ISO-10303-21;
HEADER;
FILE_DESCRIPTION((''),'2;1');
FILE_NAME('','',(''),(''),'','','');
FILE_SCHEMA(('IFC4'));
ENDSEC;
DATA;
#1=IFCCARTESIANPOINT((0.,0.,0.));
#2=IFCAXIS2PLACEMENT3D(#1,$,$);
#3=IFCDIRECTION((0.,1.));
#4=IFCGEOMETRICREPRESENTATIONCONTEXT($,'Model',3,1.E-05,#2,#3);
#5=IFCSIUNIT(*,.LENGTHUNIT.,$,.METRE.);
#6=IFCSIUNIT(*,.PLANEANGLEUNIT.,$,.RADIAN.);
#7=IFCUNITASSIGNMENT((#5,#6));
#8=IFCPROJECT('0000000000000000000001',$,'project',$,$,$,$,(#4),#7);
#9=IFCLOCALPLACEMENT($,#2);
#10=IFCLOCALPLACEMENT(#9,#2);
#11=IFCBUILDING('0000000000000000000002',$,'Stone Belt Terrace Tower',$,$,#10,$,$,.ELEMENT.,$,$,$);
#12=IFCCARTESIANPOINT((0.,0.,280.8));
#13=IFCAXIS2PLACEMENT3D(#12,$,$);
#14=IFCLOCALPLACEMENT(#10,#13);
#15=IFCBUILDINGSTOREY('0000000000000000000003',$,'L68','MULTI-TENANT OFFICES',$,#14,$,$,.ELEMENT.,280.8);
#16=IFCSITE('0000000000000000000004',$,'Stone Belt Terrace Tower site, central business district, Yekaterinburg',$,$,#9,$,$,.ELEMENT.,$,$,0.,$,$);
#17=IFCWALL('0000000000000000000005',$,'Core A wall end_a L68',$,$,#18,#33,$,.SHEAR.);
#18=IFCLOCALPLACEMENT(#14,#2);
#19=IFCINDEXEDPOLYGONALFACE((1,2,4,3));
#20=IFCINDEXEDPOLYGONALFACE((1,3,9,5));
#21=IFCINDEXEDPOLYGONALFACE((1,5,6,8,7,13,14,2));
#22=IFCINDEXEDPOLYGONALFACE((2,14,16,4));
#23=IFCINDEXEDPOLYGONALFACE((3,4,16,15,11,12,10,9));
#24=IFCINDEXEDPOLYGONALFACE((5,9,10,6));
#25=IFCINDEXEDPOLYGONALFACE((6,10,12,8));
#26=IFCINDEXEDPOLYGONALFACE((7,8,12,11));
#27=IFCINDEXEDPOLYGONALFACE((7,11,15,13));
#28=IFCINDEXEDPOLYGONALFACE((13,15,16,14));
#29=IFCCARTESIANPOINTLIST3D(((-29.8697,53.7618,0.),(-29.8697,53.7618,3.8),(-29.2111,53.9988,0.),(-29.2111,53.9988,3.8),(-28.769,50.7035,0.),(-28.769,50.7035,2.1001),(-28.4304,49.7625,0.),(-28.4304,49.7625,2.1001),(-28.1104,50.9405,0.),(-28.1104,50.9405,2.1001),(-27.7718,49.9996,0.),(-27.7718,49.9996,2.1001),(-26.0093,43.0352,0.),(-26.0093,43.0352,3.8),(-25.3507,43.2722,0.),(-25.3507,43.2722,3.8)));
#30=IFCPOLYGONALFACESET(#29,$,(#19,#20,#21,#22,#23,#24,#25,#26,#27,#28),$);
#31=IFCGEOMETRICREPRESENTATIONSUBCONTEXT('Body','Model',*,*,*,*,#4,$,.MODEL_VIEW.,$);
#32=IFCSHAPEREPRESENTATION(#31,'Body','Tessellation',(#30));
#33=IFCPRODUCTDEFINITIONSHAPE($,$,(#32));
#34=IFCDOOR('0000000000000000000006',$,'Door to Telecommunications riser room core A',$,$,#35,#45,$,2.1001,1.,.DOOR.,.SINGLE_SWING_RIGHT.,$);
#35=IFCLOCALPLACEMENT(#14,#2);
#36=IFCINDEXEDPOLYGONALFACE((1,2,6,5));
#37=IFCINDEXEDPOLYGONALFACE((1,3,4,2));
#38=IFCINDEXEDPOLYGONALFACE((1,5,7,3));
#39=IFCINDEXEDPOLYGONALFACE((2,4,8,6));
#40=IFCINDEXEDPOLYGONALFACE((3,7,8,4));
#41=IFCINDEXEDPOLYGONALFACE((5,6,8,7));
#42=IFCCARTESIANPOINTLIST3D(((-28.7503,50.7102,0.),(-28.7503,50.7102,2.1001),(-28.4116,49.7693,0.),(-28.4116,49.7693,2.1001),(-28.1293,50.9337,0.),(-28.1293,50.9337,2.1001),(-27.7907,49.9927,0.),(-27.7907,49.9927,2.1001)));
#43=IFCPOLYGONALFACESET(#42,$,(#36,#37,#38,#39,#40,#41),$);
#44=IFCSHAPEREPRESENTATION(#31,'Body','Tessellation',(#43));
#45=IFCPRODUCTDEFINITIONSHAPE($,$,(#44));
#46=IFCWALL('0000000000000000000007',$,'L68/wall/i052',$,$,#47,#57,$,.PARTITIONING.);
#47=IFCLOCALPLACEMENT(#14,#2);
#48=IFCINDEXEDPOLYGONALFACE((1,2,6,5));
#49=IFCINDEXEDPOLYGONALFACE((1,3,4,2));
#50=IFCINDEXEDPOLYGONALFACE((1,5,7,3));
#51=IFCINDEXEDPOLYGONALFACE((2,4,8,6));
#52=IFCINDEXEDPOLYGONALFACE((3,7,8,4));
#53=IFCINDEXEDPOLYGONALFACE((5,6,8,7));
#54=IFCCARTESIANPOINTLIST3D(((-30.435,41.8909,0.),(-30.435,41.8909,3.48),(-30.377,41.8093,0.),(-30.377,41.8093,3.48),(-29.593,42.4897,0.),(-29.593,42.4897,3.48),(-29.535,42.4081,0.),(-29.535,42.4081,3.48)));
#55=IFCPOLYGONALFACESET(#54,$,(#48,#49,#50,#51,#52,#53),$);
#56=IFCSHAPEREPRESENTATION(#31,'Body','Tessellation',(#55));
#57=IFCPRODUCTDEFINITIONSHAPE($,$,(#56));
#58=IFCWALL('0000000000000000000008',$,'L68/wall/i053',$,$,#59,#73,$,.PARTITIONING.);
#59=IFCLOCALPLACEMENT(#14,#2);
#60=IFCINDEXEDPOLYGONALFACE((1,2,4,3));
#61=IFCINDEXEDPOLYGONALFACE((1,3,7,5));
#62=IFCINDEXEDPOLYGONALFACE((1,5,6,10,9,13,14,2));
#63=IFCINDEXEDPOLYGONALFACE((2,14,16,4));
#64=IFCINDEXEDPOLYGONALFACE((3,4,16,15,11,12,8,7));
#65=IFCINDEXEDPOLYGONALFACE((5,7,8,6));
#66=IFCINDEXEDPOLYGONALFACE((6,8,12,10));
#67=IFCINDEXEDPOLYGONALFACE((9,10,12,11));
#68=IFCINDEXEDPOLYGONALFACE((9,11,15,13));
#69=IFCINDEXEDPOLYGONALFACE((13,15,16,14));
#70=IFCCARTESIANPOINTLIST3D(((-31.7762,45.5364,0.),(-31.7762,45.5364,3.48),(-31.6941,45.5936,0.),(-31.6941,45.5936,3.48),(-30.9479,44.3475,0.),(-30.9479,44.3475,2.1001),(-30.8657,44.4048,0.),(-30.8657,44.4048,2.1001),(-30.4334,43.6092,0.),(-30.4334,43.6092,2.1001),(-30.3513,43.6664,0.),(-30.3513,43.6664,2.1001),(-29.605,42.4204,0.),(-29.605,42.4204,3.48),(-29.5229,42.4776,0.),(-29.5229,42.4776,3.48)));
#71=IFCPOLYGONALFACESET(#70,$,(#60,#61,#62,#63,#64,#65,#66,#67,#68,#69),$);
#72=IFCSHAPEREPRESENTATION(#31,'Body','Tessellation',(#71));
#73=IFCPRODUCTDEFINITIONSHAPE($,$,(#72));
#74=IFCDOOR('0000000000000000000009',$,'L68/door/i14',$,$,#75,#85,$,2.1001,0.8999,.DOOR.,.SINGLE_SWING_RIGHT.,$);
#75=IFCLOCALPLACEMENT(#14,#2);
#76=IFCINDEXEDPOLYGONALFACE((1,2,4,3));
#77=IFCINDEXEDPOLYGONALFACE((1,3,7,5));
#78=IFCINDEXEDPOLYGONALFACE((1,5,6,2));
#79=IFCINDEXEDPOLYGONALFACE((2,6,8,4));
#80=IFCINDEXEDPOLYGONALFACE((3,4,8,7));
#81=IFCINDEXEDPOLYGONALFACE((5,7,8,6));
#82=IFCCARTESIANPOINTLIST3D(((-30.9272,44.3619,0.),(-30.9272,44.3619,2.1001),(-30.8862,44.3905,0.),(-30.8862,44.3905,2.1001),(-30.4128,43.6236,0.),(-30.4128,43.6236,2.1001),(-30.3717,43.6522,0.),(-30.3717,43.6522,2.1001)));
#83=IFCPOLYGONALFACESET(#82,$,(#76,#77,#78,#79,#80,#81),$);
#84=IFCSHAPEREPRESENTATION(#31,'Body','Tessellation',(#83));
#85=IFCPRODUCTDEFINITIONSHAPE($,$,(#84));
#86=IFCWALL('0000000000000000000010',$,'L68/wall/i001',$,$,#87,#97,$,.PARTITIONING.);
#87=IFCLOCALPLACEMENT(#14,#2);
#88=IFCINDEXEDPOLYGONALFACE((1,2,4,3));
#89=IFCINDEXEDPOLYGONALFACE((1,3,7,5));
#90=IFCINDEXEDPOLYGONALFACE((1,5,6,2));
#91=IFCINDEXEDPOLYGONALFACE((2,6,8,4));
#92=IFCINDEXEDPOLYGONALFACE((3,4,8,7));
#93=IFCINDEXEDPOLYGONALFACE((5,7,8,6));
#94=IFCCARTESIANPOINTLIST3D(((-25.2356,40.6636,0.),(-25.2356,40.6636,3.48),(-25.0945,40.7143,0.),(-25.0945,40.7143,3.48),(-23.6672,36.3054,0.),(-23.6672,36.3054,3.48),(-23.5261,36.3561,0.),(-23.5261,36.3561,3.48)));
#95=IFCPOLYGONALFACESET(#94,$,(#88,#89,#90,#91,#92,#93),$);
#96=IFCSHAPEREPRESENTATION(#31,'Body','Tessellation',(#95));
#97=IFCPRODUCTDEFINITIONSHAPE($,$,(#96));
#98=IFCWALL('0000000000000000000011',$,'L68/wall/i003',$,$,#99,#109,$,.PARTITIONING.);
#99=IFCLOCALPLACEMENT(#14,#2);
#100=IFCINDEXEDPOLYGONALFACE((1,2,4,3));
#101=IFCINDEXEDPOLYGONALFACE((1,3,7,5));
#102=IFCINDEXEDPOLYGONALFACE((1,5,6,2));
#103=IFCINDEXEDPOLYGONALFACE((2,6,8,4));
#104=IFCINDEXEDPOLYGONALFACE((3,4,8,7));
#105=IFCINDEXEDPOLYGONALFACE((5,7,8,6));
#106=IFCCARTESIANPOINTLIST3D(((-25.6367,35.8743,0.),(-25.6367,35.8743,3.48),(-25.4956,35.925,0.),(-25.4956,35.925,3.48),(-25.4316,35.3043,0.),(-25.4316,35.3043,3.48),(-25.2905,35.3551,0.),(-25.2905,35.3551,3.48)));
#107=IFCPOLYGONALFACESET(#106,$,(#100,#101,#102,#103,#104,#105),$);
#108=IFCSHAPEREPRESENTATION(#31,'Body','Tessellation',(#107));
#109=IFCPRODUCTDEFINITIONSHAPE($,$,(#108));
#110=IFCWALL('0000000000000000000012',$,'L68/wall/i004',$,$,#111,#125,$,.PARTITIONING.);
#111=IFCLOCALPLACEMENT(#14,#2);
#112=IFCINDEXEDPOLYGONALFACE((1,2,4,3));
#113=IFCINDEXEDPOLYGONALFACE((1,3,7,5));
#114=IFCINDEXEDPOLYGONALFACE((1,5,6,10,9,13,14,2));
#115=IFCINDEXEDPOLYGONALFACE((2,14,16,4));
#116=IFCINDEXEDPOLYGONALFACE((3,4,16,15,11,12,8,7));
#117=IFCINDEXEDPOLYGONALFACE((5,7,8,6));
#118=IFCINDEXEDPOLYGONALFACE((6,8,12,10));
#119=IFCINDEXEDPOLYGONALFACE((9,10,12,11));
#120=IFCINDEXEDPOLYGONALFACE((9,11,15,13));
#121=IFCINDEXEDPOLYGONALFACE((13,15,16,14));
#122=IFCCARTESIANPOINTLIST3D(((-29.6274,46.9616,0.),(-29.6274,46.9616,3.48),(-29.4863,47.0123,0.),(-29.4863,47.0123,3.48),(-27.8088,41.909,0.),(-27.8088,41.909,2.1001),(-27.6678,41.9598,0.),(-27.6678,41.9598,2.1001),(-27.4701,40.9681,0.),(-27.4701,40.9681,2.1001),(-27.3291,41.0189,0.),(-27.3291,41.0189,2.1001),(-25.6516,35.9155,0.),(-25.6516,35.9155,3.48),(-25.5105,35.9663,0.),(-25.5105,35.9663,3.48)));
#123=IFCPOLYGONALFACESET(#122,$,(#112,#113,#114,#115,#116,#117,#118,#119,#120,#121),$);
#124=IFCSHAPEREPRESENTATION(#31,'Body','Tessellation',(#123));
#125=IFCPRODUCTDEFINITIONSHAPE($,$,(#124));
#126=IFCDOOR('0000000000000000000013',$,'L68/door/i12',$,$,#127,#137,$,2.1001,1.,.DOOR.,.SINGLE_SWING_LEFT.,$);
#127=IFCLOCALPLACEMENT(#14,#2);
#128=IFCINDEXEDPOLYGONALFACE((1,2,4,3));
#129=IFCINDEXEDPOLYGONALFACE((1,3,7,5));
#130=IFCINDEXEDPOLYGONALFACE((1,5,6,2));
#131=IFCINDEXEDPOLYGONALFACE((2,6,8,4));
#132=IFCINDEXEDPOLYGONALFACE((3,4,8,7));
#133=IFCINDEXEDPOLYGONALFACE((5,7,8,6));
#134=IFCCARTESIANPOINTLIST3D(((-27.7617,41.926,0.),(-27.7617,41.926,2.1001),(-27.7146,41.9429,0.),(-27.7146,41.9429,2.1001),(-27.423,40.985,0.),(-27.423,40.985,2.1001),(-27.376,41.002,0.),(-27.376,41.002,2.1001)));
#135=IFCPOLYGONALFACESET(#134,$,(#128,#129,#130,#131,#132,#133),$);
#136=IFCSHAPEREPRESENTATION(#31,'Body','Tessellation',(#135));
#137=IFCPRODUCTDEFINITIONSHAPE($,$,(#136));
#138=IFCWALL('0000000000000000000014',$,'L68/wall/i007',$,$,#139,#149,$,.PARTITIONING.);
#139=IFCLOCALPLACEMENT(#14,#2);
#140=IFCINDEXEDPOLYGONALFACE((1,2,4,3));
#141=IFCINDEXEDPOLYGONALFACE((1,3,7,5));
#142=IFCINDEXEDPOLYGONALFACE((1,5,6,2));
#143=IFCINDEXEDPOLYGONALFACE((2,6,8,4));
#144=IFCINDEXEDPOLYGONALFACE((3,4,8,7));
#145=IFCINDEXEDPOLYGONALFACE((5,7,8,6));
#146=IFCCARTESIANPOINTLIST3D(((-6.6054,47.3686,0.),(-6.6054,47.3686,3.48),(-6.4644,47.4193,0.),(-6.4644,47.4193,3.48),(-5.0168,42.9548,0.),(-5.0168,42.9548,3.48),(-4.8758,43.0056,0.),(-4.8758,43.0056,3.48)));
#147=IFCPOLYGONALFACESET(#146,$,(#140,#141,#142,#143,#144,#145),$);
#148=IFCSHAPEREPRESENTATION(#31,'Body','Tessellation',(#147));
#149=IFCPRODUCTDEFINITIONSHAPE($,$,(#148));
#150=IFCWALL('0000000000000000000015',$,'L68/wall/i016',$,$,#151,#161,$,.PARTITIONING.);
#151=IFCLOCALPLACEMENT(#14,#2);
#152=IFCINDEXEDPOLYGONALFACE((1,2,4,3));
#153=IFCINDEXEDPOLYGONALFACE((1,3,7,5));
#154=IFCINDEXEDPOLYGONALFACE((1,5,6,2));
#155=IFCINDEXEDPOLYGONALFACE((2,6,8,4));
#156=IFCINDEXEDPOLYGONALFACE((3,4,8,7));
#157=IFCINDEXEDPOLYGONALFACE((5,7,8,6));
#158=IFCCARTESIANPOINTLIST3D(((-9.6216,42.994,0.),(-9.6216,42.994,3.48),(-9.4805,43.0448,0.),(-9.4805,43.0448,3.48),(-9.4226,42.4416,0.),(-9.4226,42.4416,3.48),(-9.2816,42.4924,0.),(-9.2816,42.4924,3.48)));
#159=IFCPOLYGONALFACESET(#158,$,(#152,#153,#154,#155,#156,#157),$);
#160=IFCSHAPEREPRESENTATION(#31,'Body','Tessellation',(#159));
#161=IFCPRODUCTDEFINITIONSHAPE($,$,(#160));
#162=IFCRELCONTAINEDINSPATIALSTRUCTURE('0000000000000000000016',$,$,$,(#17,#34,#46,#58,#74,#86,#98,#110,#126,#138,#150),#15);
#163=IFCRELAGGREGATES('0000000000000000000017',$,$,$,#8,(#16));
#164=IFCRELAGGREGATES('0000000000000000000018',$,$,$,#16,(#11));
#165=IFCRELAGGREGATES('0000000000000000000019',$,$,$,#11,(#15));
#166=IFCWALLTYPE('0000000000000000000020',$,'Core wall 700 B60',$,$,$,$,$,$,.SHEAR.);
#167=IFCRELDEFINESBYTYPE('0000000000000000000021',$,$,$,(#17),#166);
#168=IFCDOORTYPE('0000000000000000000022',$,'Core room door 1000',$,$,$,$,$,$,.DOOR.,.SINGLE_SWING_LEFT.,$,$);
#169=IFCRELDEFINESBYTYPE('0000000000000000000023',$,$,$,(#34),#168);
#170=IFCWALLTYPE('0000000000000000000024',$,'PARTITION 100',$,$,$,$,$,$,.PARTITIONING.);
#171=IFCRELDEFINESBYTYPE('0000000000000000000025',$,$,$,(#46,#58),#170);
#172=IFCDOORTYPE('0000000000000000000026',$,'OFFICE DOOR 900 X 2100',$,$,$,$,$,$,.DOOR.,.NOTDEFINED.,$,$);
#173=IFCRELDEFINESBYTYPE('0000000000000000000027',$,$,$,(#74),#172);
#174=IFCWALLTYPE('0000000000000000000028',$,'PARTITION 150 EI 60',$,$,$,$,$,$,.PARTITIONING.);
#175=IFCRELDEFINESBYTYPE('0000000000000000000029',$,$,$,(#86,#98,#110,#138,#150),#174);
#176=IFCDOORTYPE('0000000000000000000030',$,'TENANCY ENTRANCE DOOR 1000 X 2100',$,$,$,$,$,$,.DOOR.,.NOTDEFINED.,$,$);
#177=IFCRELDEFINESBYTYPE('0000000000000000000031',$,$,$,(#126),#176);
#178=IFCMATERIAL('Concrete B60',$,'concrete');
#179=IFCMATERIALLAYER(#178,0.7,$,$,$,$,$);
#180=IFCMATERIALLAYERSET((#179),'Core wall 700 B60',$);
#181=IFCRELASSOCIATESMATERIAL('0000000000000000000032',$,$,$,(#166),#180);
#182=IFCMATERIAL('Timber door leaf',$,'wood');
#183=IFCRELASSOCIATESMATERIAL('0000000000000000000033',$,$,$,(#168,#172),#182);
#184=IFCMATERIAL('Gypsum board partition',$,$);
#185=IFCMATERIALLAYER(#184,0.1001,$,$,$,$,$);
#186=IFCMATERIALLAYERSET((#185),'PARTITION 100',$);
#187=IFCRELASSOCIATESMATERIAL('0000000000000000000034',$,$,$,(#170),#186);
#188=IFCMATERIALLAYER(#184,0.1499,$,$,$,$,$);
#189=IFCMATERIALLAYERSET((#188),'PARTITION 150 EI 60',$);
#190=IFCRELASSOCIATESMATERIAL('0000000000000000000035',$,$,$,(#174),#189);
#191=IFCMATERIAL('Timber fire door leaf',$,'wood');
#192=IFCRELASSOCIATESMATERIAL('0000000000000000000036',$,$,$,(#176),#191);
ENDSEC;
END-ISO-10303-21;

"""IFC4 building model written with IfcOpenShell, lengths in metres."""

from ifc_helpers import new_model, si_unit, direction, frame, frame_2d, origin, place, context, subcontext, project, spatial, rectangle, extrude, material, layer, layer_set, type_object, element, fill, save


model = new_model("IFC4")

# Units and contexts
model_context = context("Model", 3, precision=1e-05, world=origin(), true_north=direction((0.0, 1.0)))
body_context = subcontext(model_context, "Body", "Model", "MODEL_VIEW")
ifc_project = project(units=[si_unit("LENGTHUNIT", "METRE"), si_unit("PLANEANGLEUNIT", "RADIAN")], contexts=[model_context])

# Site, building, storey
site_placement = place(None, origin())
site = spatial("IfcSite", under=ifc_project, at=site_placement, Name="Stone Belt Terrace Tower site, central business district, Yekaterinburg", CompositionType="ELEMENT", RefElevation=0.0)
building_placement = place(site_placement, origin())
building = spatial("IfcBuilding", under=site, at=building_placement, Name="Stone Belt Terrace Tower", CompositionType="ELEMENT")
storey_placement = place(building_placement, frame((0.0, 0.0, 280.8)))
storey = spatial("IfcBuildingStorey", under=building, at=storey_placement, Name="L68", Description="MULTI-TENANT OFFICES", CompositionType="ELEMENT", Elevation=280.8)

# Shared definitions
ifc_material_1 = material(Name="Concrete B60", Category="concrete")

# Shared definitions
ifc_layer_1 = layer(ifc_material_1, 0.7)
ifc_layer_set_1 = layer_set([ifc_layer_1], Name="Core wall 700 B60")
wall_type_1 = type_object("IfcWallType", Name="Core wall 700 B60", PredefinedType="SHEAR", material=ifc_layer_set_1)
ifc_material_2 = material(Name="Timber door leaf", Category="wood")

# Wall, opening, door
wall_1_placement = place(storey_placement, frame((-25.6799, 43.1536, 0.0), z_axis=(0.0, 0.0, 1.0), x_axis=(-0.338625, 0.940921, 0.0)))
wall_1 = element("IfcWall", 1, at=wall_1_placement, inside=storey, type_object=wall_type_1, Name="Core A wall end_a L68", PredefinedType="SHEAR", context=body_context, shape_type="SweptSolid", body=[
    extrude(rectangle(XDim=11.4001, YDim=0.7, at=frame_2d((5.7002, 0.0))), origin(), (0.0, 0.0, 1.0), 3.8),
])
opening_1_placement = place(wall_1_placement, frame((7.1499, 0.0, 0.0)))
opening_1 = element("IfcOpeningElement", 2, at=opening_1_placement, cuts=wall_1, PredefinedType="OPENING", context=body_context, shape_type="SweptSolid", body=[
    extrude(rectangle(XDim=1.0, YDim=2.1001, at=frame_2d((0.5, 1.05))), frame((0.0, 0.3599, 0.0), z_axis=(0.0, -1.0, 0.0), x_axis=(1.0, 0.0, 0.0)), (0.0, 0.0, 1.0), 0.72),
])
door_type_1 = type_object("IfcDoorType", Name="Core room door 1000", OperationType="SINGLE_SWING_LEFT", PredefinedType="DOOR", material=ifc_material_2)
door_1_placement = place(opening_1_placement, origin())
door_1 = element("IfcDoor", 3, at=door_1_placement, inside=storey, type_object=door_type_1, Name="Door to Telecommunications riser room core A", OperationType="SINGLE_SWING_RIGHT", OverallHeight=2.1001, OverallWidth=1.0, PredefinedType="DOOR", context=body_context, shape_type="SweptSolid", body=[
    extrude(rectangle(XDim=1.0, YDim=2.1001, at=frame_2d((0.5, 1.05))), frame((0.0, 0.3301, 0.0), z_axis=(0.0, -1.0, 0.0), x_axis=(1.0, 0.0, 0.0)), (0.0, 0.0, 1.0), 0.6599),
])
fill(opening_1, door_1)

# Wall
ifc_material_3 = material(Name="Gypsum board partition")
ifc_layer_2 = layer(ifc_material_3, 0.1001)
ifc_layer_set_2 = layer_set([ifc_layer_2], Name="PARTITION 100")
wall_type_2 = type_object("IfcWallType", Name="PARTITION 100", PredefinedType="PARTITIONING", material=ifc_layer_set_2)
wall_2_placement = place(storey_placement, frame((-30.406, 41.8501, 0.0), z_axis=(0.0, 0.0, 1.0), x_axis=(0.814913, 0.579583, 0.0)))
element("IfcWall", 4, at=wall_2_placement, inside=storey, type_object=wall_type_2, Name="L68/wall/i052", PredefinedType="PARTITIONING", context=body_context, shape_type="SweptSolid", body=[
    extrude(rectangle(XDim=1.0332, YDim=0.1001, at=frame_2d((0.5166, 0.0))), origin(), (0.0, 0.0, 1.0), 3.48),
])

# Wall, opening, door
wall_3_placement = place(storey_placement, frame((-29.564, 42.449, 0.0), z_axis=(0.0, 0.0, 1.0), x_axis=(-0.571688, 0.820471, 0.0)))
wall_3 = element("IfcWall", 5, at=wall_3_placement, inside=storey, type_object=wall_type_2, Name="L68/wall/i053", PredefinedType="PARTITIONING", context=body_context, shape_type="SweptSolid", body=[
    extrude(rectangle(XDim=3.7979, YDim=0.1001, at=frame_2d((1.8989, 0.0))), origin(), (0.0, 0.0, 1.0), 3.48),
])
opening_2_placement = place(wall_3_placement, frame((1.449, 0.0, 0.0)))
opening_2 = element("IfcOpeningElement", 6, at=opening_2_placement, cuts=wall_3, PredefinedType="OPENING", context=body_context, shape_type="SweptSolid", body=[
    extrude(rectangle(XDim=0.8999, YDim=2.1001, at=frame_2d((0.45, 1.05))), frame((0.0, 0.0601, 0.0), z_axis=(0.0, -1.0, 0.0), x_axis=(1.0, 0.0, 0.0)), (0.0, 0.0, 1.0), 0.1201),
])
door_type_2 = type_object("IfcDoorType", Name="OFFICE DOOR 900 X 2100", OperationType="NOTDEFINED", PredefinedType="DOOR", material=ifc_material_2)
door_2_placement = place(opening_2_placement, origin())
door_2 = element("IfcDoor", 7, at=door_2_placement, inside=storey, type_object=door_type_2, Name="L68/door/i14", OperationType="SINGLE_SWING_RIGHT", OverallHeight=2.1001, OverallWidth=0.8999, PredefinedType="DOOR", context=body_context, shape_type="SweptSolid", body=[
    extrude(rectangle(XDim=0.8999, YDim=2.1001, at=frame_2d((0.45, 1.05))), frame((0.0, 0.0249, 0.0), z_axis=(0.0, -1.0, 0.0), x_axis=(1.0, 0.0, 0.0)), (0.0, 0.0, 1.0), 0.05),
])
fill(opening_2, door_2)

# Walls
ifc_layer_3 = layer(ifc_material_3, 0.1499)
ifc_layer_set_3 = layer_set([ifc_layer_3], Name="PARTITION 150 EI 60")
wall_type_3 = type_object("IfcWallType", Name="PARTITION 150 EI 60", PredefinedType="PARTITIONING", material=ifc_layer_set_3)
wall_4_placement = place(storey_placement, frame((-25.165, 40.689, 0.0), z_axis=(0.0, 0.0, 1.0), x_axis=(0.338609, -0.940927, 0.0)))
element("IfcWall", 8, at=wall_4_placement, inside=storey, type_object=wall_type_3, Name="L68/wall/i001", PredefinedType="PARTITIONING", context=body_context, shape_type="SweptSolid", body=[
    extrude(rectangle(XDim=4.6318, YDim=0.1499, at=frame_2d((2.3159, 0.0))), origin(), (0.0, 0.0, 1.0), 3.48),
])
wall_5_placement = place(storey_placement, frame((-25.3611, 35.3298, 0.0), z_axis=(0.0, 0.0, 1.0), x_axis=(-0.338634, 0.940918, 0.0)))
element("IfcWall", 9, at=wall_5_placement, inside=storey, type_object=wall_type_3, Name="L68/wall/i003", PredefinedType="PARTITIONING", context=body_context, shape_type="SweptSolid", body=[
    extrude(rectangle(XDim=0.6057, YDim=0.1499, at=frame_2d((0.3027, 0.0))), origin(), (0.0, 0.0, 1.0), 3.48),
])

# Wall, opening, door
wall_6_placement = place(storey_placement, frame((-25.5811, 35.9409, 0.0), z_axis=(0.0, 0.0, 1.0), x_axis=(-0.338661, 0.940909, 0.0)))
wall_6 = element("IfcWall", 10, at=wall_6_placement, inside=storey, type_object=wall_type_3, Name="L68/wall/i004", PredefinedType="PARTITIONING", context=body_context, shape_type="SweptSolid", body=[
    extrude(rectangle(XDim=11.7397, YDim=0.1499, at=frame_2d((5.8699, 0.0))), origin(), (0.0, 0.0, 1.0), 3.48),
])
opening_3_placement = place(wall_6_placement, frame((5.3699, 0.0, 0.0)))
opening_3 = element("IfcOpeningElement", 11, at=opening_3_placement, cuts=wall_6, PredefinedType="OPENING", context=body_context, shape_type="SweptSolid", body=[
    extrude(rectangle(XDim=1.0, YDim=2.1001, at=frame_2d((0.5, 1.05))), frame((0.0, 0.085, 0.0), z_axis=(0.0, -1.0, 0.0), x_axis=(1.0, 0.0, 0.0)), (0.0, 0.0, 1.0), 0.1699),
])
ifc_material_4 = material(Name="Timber fire door leaf", Category="wood")
door_type_3 = type_object("IfcDoorType", Name="TENANCY ENTRANCE DOOR 1000 X 2100", OperationType="NOTDEFINED", PredefinedType="DOOR", material=ifc_material_4)
door_3_placement = place(opening_3_placement, origin())
door_3 = element("IfcDoor", 12, at=door_3_placement, inside=storey, type_object=door_type_3, Name="L68/door/i12", OperationType="SINGLE_SWING_LEFT", OverallHeight=2.1001, OverallWidth=1.0, PredefinedType="DOOR", context=body_context, shape_type="SweptSolid", body=[
    extrude(rectangle(XDim=1.0, YDim=2.1001, at=frame_2d((0.5, 1.05))), frame((0.0, 0.0249, 0.0), z_axis=(0.0, -1.0, 0.0), x_axis=(1.0, 0.0, 0.0)), (0.0, 0.0, 1.0), 0.05),
])
fill(opening_3, door_3)

# Walls
wall_7_placement = place(storey_placement, frame((-4.9463, 42.9802, 0.0), z_axis=(0.0, 0.0, 1.0), x_axis=(-0.338653, 0.940911, 0.0)))
element("IfcWall", 13, at=wall_7_placement, inside=storey, type_object=wall_type_3, Name="L68/wall/i007", PredefinedType="PARTITIONING", context=body_context, shape_type="SweptSolid", body=[
    extrude(rectangle(XDim=4.6909, YDim=0.1499, at=frame_2d((2.3455, 0.0))), origin(), (0.0, 0.0, 1.0), 3.48),
])
wall_8_placement = place(storey_placement, frame((-9.551, 43.0193, 0.0), z_axis=(0.0, 0.0, 1.0), x_axis=(0.338837, -0.940845, 0.0)))
element("IfcWall", 14, at=wall_8_placement, inside=storey, type_object=wall_type_3, Name="L68/wall/i016", PredefinedType="PARTITIONING", context=body_context, shape_type="SweptSolid", body=[
    extrude(rectangle(XDim=0.5872, YDim=0.1499, at=frame_2d((0.2935, 0.0))), origin(), (0.0, 0.0, 1.0), 3.48),
])

save(model, "model.ifc")
